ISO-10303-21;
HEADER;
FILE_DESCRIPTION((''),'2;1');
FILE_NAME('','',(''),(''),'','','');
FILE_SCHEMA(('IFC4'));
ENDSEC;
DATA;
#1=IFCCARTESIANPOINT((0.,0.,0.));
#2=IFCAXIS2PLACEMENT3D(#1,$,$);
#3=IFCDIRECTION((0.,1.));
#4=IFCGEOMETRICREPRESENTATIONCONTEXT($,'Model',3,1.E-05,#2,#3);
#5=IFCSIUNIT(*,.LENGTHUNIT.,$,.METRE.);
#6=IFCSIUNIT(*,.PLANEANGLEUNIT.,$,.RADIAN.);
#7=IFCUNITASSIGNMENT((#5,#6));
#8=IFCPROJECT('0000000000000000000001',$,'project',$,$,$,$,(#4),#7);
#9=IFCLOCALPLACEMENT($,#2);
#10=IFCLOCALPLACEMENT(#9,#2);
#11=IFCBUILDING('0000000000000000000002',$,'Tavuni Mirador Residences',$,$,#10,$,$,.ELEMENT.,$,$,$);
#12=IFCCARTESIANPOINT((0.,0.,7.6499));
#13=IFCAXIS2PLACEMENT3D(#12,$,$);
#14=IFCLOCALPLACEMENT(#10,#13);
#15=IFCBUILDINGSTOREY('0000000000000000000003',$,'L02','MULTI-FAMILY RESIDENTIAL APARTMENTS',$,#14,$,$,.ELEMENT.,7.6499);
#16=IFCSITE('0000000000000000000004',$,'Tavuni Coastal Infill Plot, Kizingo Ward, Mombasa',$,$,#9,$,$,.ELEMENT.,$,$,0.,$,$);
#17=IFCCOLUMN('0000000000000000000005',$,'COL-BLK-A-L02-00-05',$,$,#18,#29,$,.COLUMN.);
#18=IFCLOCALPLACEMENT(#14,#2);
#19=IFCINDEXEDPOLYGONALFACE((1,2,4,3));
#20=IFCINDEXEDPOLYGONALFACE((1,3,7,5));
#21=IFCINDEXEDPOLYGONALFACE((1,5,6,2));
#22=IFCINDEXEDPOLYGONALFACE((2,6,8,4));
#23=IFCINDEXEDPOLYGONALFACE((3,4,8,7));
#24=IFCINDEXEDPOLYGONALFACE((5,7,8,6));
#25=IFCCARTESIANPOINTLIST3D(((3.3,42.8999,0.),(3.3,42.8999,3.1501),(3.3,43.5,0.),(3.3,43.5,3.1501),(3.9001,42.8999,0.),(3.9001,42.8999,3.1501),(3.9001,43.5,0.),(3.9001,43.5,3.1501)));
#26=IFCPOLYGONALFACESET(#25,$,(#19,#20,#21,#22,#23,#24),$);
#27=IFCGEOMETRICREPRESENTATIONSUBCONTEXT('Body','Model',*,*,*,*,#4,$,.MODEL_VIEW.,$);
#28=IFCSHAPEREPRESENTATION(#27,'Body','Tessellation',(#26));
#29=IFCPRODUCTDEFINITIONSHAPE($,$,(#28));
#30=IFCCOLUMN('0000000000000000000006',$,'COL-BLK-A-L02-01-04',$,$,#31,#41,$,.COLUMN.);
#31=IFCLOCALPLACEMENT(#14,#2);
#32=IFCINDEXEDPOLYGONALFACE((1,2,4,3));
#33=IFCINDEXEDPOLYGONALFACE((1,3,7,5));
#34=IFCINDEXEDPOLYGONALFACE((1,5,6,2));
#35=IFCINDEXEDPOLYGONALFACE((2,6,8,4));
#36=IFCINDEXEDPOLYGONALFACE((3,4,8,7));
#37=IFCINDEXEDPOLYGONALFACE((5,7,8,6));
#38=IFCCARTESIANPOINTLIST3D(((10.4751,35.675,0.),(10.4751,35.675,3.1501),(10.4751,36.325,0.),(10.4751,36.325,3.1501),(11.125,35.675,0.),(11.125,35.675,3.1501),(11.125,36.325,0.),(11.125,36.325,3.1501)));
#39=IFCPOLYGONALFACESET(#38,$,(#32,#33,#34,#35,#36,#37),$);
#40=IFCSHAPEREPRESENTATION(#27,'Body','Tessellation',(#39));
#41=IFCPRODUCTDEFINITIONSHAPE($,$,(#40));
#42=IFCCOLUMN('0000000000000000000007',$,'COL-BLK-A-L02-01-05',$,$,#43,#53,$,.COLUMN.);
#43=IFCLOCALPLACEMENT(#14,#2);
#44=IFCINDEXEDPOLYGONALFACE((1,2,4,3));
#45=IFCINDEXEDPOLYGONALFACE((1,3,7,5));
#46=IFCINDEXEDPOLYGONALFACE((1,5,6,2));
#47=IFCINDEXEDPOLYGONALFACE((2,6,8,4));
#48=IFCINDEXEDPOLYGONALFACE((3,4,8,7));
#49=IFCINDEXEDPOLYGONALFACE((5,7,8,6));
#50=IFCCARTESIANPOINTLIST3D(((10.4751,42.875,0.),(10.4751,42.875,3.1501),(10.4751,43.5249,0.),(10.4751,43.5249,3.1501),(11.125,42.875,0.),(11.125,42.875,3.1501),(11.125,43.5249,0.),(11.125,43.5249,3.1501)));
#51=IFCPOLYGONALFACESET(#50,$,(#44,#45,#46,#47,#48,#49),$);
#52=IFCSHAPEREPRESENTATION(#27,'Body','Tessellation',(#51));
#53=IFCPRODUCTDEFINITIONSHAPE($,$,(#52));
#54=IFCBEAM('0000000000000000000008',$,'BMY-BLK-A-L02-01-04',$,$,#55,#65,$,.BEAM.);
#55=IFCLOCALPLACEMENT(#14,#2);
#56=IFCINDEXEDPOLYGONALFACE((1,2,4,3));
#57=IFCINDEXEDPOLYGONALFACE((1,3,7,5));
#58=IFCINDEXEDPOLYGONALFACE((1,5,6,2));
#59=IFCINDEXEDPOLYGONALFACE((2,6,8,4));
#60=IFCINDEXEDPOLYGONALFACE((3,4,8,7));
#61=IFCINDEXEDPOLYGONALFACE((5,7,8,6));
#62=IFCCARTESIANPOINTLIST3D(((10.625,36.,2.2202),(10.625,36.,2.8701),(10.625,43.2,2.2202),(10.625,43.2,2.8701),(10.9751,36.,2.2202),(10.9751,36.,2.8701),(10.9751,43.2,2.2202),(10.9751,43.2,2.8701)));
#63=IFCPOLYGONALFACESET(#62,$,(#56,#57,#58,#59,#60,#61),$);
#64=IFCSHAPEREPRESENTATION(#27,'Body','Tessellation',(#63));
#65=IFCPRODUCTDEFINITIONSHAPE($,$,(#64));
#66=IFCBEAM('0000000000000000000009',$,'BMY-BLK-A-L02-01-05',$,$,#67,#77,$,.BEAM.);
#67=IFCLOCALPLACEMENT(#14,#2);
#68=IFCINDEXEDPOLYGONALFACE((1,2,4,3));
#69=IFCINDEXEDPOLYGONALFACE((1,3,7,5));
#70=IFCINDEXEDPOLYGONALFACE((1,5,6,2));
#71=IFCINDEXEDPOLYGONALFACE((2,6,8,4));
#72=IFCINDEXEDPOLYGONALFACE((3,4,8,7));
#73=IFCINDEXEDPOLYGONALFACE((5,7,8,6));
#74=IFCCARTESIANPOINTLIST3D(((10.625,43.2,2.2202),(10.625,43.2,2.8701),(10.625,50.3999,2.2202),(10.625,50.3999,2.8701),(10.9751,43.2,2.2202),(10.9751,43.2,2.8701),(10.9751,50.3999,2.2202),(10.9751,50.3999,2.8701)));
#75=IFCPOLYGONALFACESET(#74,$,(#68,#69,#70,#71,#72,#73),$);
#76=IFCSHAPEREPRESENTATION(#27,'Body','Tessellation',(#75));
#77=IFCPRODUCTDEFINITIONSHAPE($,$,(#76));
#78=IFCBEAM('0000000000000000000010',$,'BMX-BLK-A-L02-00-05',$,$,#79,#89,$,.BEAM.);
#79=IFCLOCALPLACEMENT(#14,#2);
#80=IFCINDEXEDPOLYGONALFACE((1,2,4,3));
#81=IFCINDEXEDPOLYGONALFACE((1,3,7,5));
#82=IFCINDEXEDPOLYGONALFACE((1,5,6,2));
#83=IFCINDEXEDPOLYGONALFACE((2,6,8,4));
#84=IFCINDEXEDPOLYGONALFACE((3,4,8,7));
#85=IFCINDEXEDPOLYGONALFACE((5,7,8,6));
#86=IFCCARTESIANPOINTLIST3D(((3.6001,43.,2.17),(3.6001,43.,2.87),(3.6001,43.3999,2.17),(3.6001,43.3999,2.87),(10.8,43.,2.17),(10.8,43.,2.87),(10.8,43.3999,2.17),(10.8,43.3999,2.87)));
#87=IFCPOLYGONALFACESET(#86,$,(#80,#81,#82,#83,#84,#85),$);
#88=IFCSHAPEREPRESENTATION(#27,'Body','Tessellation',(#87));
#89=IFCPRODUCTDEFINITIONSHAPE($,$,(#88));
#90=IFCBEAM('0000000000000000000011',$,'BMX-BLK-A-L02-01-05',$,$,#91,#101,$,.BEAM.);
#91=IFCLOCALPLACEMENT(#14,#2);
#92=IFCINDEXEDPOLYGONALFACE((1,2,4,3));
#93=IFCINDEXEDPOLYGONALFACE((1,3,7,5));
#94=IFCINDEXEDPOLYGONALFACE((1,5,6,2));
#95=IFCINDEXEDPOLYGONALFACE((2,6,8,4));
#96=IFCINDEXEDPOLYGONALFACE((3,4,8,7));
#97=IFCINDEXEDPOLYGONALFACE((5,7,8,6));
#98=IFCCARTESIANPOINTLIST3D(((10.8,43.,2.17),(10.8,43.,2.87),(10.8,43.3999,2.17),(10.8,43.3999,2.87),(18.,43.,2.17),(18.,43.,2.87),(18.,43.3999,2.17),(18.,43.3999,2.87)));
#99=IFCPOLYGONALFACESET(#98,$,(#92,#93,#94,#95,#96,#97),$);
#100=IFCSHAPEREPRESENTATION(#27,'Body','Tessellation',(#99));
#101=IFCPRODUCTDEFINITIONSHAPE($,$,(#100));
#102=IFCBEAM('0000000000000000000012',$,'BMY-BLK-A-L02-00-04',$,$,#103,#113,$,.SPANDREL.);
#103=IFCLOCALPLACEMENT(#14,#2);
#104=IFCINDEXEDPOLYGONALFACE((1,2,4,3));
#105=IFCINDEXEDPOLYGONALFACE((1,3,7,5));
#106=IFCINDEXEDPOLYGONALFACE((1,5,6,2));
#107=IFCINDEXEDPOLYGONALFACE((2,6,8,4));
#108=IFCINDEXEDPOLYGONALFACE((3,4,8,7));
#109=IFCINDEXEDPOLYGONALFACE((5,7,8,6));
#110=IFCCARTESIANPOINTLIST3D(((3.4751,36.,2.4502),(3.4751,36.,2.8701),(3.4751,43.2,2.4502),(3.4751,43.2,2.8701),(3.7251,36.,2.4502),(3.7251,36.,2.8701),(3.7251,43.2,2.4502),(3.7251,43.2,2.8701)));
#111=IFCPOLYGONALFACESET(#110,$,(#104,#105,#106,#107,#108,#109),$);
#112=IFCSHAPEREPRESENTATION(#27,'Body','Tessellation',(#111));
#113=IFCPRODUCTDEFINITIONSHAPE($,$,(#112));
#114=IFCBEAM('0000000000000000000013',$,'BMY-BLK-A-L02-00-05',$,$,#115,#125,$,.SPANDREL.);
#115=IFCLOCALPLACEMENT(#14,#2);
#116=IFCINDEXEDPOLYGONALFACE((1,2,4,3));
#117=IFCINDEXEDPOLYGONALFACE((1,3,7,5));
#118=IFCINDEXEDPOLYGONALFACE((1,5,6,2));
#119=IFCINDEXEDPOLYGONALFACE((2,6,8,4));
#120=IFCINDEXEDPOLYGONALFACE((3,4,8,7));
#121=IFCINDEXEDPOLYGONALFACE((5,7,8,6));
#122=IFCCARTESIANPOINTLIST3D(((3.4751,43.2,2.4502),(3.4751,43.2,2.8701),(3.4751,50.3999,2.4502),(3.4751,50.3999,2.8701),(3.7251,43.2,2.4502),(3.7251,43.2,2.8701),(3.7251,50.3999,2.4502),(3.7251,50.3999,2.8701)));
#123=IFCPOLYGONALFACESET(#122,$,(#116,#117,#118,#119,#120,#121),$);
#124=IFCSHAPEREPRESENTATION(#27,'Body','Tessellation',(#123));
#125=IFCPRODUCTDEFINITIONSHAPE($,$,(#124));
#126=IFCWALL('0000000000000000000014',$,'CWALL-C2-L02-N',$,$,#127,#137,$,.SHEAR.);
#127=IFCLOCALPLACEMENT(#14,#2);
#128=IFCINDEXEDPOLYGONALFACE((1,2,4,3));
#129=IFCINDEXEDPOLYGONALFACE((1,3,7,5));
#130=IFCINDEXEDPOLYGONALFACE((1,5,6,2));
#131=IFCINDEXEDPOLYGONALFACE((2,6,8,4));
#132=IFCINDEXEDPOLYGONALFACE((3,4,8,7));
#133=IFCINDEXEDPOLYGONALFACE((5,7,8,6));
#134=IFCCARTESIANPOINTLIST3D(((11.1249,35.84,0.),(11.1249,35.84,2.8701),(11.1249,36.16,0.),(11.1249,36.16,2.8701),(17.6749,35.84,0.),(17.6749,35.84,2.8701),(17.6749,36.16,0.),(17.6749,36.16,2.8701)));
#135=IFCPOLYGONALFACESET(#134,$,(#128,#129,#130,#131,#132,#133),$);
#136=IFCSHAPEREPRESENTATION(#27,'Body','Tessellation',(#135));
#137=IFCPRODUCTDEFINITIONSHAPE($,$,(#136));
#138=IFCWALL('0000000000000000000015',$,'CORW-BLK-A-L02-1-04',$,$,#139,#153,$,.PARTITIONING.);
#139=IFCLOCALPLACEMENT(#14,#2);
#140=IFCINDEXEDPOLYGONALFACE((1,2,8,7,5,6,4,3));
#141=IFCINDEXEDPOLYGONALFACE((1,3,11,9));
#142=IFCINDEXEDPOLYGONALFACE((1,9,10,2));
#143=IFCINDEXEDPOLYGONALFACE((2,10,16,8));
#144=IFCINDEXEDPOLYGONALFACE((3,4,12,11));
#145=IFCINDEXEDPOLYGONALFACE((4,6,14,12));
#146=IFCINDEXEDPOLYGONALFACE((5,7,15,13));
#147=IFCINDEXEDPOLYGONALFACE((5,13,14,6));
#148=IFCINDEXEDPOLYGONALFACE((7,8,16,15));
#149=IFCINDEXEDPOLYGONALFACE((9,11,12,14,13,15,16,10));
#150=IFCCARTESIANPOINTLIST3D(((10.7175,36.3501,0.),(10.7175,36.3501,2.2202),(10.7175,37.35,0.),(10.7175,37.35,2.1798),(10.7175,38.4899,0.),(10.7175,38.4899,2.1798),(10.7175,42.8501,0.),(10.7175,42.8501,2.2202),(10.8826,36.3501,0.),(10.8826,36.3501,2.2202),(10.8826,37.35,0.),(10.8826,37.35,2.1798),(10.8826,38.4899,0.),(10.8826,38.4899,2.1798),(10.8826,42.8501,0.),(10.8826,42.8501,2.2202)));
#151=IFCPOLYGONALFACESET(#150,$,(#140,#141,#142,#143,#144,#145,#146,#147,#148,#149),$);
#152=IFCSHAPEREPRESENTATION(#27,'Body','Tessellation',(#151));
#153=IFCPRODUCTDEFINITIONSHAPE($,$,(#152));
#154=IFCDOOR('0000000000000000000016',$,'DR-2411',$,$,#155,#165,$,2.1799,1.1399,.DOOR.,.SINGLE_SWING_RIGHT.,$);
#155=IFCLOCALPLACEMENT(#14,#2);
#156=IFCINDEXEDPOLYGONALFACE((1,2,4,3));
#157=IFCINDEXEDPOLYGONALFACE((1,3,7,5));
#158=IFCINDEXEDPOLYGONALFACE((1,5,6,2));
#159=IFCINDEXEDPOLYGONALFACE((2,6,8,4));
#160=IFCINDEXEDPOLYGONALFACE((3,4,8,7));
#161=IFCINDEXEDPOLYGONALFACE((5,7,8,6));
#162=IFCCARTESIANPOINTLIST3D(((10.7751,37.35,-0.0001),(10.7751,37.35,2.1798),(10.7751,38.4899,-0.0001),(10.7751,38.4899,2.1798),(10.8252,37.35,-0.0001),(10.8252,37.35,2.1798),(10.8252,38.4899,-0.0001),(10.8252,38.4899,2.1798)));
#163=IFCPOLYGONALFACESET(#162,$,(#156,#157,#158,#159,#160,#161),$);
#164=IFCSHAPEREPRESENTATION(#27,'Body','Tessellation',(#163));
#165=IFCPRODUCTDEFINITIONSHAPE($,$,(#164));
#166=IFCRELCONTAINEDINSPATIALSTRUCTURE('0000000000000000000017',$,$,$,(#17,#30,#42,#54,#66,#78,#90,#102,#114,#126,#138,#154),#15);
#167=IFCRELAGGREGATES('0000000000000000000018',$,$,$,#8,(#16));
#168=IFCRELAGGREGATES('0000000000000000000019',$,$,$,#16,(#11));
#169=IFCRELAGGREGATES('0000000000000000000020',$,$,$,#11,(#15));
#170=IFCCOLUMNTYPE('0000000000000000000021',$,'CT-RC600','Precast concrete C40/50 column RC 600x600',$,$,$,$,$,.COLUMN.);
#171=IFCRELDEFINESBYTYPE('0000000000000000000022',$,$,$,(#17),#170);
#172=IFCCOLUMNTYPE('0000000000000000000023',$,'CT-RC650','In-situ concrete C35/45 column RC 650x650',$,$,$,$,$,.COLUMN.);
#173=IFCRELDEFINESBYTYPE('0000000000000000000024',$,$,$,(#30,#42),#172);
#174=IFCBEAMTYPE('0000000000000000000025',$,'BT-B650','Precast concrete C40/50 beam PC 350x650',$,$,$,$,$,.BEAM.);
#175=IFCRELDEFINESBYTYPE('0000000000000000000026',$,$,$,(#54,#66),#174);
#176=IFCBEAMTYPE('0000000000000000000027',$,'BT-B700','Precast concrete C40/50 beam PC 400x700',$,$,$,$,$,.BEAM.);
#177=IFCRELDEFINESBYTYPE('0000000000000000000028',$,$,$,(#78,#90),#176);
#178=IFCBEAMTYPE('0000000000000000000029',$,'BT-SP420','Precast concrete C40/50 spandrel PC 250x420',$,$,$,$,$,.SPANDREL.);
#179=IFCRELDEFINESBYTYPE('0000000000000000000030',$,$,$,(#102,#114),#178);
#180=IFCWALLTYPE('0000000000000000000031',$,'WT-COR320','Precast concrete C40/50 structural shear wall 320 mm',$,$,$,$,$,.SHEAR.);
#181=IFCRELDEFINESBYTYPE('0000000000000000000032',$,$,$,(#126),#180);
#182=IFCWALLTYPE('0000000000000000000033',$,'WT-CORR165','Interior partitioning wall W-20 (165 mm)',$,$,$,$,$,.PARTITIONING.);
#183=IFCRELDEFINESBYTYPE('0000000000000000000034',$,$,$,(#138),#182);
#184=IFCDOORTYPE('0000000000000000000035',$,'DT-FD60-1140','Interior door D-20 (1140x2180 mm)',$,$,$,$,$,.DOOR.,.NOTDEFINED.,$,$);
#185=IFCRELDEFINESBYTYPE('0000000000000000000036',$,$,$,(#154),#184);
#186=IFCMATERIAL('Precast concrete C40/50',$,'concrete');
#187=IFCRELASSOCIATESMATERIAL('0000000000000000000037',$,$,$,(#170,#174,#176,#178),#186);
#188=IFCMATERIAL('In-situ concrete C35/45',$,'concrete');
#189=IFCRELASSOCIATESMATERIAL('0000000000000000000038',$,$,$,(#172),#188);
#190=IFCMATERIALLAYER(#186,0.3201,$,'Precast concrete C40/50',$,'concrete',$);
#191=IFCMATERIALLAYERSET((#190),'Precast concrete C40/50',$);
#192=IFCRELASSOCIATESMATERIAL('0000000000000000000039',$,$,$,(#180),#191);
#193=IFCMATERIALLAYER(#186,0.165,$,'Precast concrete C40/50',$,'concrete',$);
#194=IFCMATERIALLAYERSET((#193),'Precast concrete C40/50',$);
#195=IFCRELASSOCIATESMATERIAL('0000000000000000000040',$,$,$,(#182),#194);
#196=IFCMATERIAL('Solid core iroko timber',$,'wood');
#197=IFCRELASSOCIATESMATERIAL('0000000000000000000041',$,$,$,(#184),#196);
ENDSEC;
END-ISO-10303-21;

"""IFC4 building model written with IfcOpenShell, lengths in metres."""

from ifc_helpers import new_model, si_unit, direction, frame, frame_2d, origin, origin_2d, place, context, subcontext, project, spatial, rectangle, extrude, material, layer, layer_set, material_profile, profile_set, type_object, element, fill, save


model = new_model("IFC4")

# Units and contexts
model_context = context("Model", 3, precision=1e-05, world=origin(), true_north=direction((0.0, 1.0)))
body_context = subcontext(model_context, "Body", "Model", "MODEL_VIEW")
ifc_project = project(units=[si_unit("LENGTHUNIT", "METRE"), si_unit("PLANEANGLEUNIT", "RADIAN")], contexts=[model_context])

# Site, building, storey
site_placement = place(None, origin())
site = spatial("IfcSite", under=ifc_project, at=site_placement, Name="Tavuni Coastal Infill Plot, Kizingo Ward, Mombasa", CompositionType="ELEMENT", RefElevation=0.0)
building_placement = place(site_placement, origin())
building = spatial("IfcBuilding", under=site, at=building_placement, Name="Tavuni Mirador Residences", CompositionType="ELEMENT")
storey_placement = place(building_placement, frame((0.0, 0.0, 7.6499)))
storey = spatial("IfcBuildingStorey", under=building, at=storey_placement, Name="L02", Description="MULTI-FAMILY RESIDENTIAL APARTMENTS", CompositionType="ELEMENT", Elevation=7.6499)

# Columns
ifc_material_1 = material(Name="Precast concrete C40/50", Category="concrete")
ifc_material_profile_1 = material_profile(ifc_material_1, rectangle(XDim=0.6001, YDim=0.6001, at=origin_2d()), Name="RC 600x600", Category="concrete")
ifc_profile_set_1 = profile_set([ifc_material_profile_1], Name="Precast concrete C40/50")
column_type_1 = type_object("IfcColumnType", Name="CT-RC600", Description="Precast concrete C40/50 column RC 600x600", PredefinedType="COLUMN", material=ifc_profile_set_1)
column_placement = place(storey_placement, frame((3.6001, 43.2, 0.0), z_axis=(0.0, 0.0, 1.0), x_axis=(1.0, 0.0, 0.0)))
element("IfcColumn", 1, at=column_placement, inside=storey, type_object=column_type_1, Name="COL-BLK-A-L02-00-05", PredefinedType="COLUMN", context=body_context, shape_type="SweptSolid", body=[
    extrude(rectangle(XDim=0.6001, YDim=0.6001, at=origin_2d()), origin(), (0.0, 0.0, 1.0), 3.1501),
])
ifc_material_2 = material(Name="In-situ concrete C35/45", Category="concrete")
ifc_material_profile_2 = material_profile(ifc_material_2, rectangle(XDim=0.6499, YDim=0.6499, at=origin_2d()), Name="RC 650x650", Category="concrete")
ifc_profile_set_2 = profile_set([ifc_material_profile_2], Name="In-situ concrete C35/45")
column_type_2 = type_object("IfcColumnType", Name="CT-RC650", Description="In-situ concrete C35/45 column RC 650x650", PredefinedType="COLUMN", material=ifc_profile_set_2)
for number, where, z_axis, x_axis, name in (
    (2, (10.8, 36.0, 0.0), (0.0, 0.0, 1.0), (1.0, 0.0, 0.0), "COL-BLK-A-L02-01-04"),
    (3, (10.8, 43.2, 0.0), (0.0, 0.0, 1.0), (1.0, 0.0, 0.0), "COL-BLK-A-L02-01-05"),
):
    element("IfcColumn", number, at=place(storey_placement, frame(where, z_axis=z_axis, x_axis=x_axis)), inside=storey, type_object=column_type_2, Name=name, PredefinedType="COLUMN", context=body_context, shape_type="SweptSolid", body=[
        extrude(rectangle(XDim=0.6499, YDim=0.6499, at=origin_2d()), origin(), (0.0, 0.0, 1.0), 3.1501),
    ])

# Beams
ifc_material_profile_3 = material_profile(ifc_material_1, rectangle(XDim=0.3501, YDim=0.6499, at=origin_2d()), Name="PC 350x650", Category="concrete")
ifc_profile_set_3 = profile_set([ifc_material_profile_3], Name="Precast concrete C40/50")
beam_type_1 = type_object("IfcBeamType", Name="BT-B650", Description="Precast concrete C40/50 beam PC 350x650", PredefinedType="BEAM", material=ifc_profile_set_3)
for number, where, z_axis, x_axis, name in (
    (4, (10.8, 36.0, 2.5452), (0.0, 1.0, 0.0), (-1.0, 0.0, 0.0), "BMY-BLK-A-L02-01-04"),
    (5, (10.8, 43.2, 2.5452), (0.0, 1.0, 0.0), (-1.0, 0.0, 0.0), "BMY-BLK-A-L02-01-05"),
):
    element("IfcBeam", number, at=place(storey_placement, frame(where, z_axis=z_axis, x_axis=x_axis)), inside=storey, type_object=beam_type_1, Name=name, PredefinedType="BEAM", context=body_context, shape_type="SweptSolid", body=[
        extrude(rectangle(XDim=0.3501, YDim=0.6499, at=origin_2d()), origin(), (0.0, 0.0, 1.0), 7.2),
    ])
ifc_material_profile_4 = material_profile(ifc_material_1, rectangle(XDim=0.3999, YDim=0.7, at=origin_2d()), Name="PC 400x700", Category="concrete")
ifc_profile_set_4 = profile_set([ifc_material_profile_4], Name="Precast concrete C40/50")
beam_type_2 = type_object("IfcBeamType", Name="BT-B700", Description="Precast concrete C40/50 beam PC 400x700", PredefinedType="BEAM", material=ifc_profile_set_4)
for number, where, z_axis, x_axis, name in (
    (6, (3.6001, 43.2, 2.52), (1.0, 0.0, 0.0), (0.0, 1.0, 0.0), "BMX-BLK-A-L02-00-05"),
    (7, (10.8, 43.2, 2.52), (1.0, 0.0, 0.0), (0.0, 1.0, 0.0), "BMX-BLK-A-L02-01-05"),
):
    element("IfcBeam", number, at=place(storey_placement, frame(where, z_axis=z_axis, x_axis=x_axis)), inside=storey, type_object=beam_type_2, Name=name, PredefinedType="BEAM", context=body_context, shape_type="SweptSolid", body=[
        extrude(rectangle(XDim=0.3999, YDim=0.7, at=origin_2d()), origin(), (0.0, 0.0, 1.0), 7.2),
    ])
ifc_material_profile_5 = material_profile(ifc_material_1, rectangle(XDim=0.25, YDim=0.4199, at=origin_2d()), Name="PC 250x420", Category="concrete")
ifc_profile_set_5 = profile_set([ifc_material_profile_5], Name="Precast concrete C40/50")
beam_type_3 = type_object("IfcBeamType", Name="BT-SP420", Description="Precast concrete C40/50 spandrel PC 250x420", PredefinedType="SPANDREL", material=ifc_profile_set_5)
for number, where, z_axis, x_axis, name in (
    (8, (3.6001, 36.0, 2.6602), (0.0, 1.0, 0.0), (-1.0, 0.0, 0.0), "BMY-BLK-A-L02-00-04"),
    (9, (3.6001, 43.2, 2.6602), (0.0, 1.0, 0.0), (-1.0, 0.0, 0.0), "BMY-BLK-A-L02-00-05"),
):
    element("IfcBeam", number, at=place(storey_placement, frame(where, z_axis=z_axis, x_axis=x_axis)), inside=storey, type_object=beam_type_3, Name=name, PredefinedType="SPANDREL", context=body_context, shape_type="SweptSolid", body=[
        extrude(rectangle(XDim=0.25, YDim=0.4199, at=origin_2d()), origin(), (0.0, 0.0, 1.0), 7.2),
    ])

# Wall
ifc_layer_1 = layer(ifc_material_1, 0.3201, Name="Precast concrete C40/50", Category="concrete")
ifc_layer_set_1 = layer_set([ifc_layer_1], Name="Precast concrete C40/50")
wall_type_1 = type_object("IfcWallType", Name="WT-COR320", Description="Precast concrete C40/50 structural shear wall 320 mm", PredefinedType="SHEAR", material=ifc_layer_set_1)
wall_1_placement = place(storey_placement, frame((11.125, 36.0, 0.0), z_axis=(0.0, 0.0, 1.0), x_axis=(1.0, 0.0, 0.0)))
element("IfcWall", 10, at=wall_1_placement, inside=storey, type_object=wall_type_1, Name="CWALL-C2-L02-N", PredefinedType="SHEAR", context=body_context, shape_type="SweptSolid", body=[
    extrude(rectangle(XDim=6.55, YDim=0.3201, at=frame_2d((3.2749, 0.0))), origin(), (0.0, 0.0, 1.0), 2.8701),
])

# Wall, opening, door
ifc_layer_2 = layer(ifc_material_1, 0.165, Name="Precast concrete C40/50", Category="concrete")
ifc_layer_set_2 = layer_set([ifc_layer_2], Name="Precast concrete C40/50")
wall_type_2 = type_object("IfcWallType", Name="WT-CORR165", Description="Interior partitioning wall W-20 (165 mm)", PredefinedType="PARTITIONING", material=ifc_layer_set_2)
wall_2_placement = place(storey_placement, frame((10.8, 36.3501, 0.0), z_axis=(0.0, 0.0, 1.0), x_axis=(0.0, 1.0, 0.0)))
wall_2 = element("IfcWall", 11, at=wall_2_placement, inside=storey, type_object=wall_type_2, Name="CORW-BLK-A-L02-1-04", PredefinedType="PARTITIONING", context=body_context, shape_type="SweptSolid", body=[
    extrude(rectangle(XDim=6.5, YDim=0.165, at=frame_2d((3.25, 0.0))), origin(), (0.0, 0.0, 1.0), 2.2202),
])
opening_1_placement = place(wall_2_placement, frame((1.0, 0.0, 0.0)))
opening_1 = element("IfcOpeningElement", 12, at=opening_1_placement, cuts=wall_2, PredefinedType="OPENING", context=body_context, shape_type="SweptSolid", body=[
    extrude(rectangle(XDim=1.1399, YDim=2.1799, at=frame_2d((0.5698, 1.0898))), frame((0.0, 0.0925, 0.0), z_axis=(0.0, -1.0, 0.0), x_axis=(1.0, 0.0, 0.0)), (0.0, 0.0, 1.0), 0.1851),
])
ifc_material_3 = material(Name="Solid core iroko timber", Category="wood")
door_type_1 = type_object("IfcDoorType", Name="DT-FD60-1140", Description="Interior door D-20 (1140x2180 mm)", OperationType="NOTDEFINED", PredefinedType="DOOR", material=ifc_material_3)
door_1_placement = place(opening_1_placement, origin())
door_1 = element("IfcDoor", 13, at=door_1_placement, inside=storey, type_object=door_type_1, Name="DR-2411", OperationType="SINGLE_SWING_RIGHT", OverallHeight=2.1799, OverallWidth=1.1399, PredefinedType="DOOR", context=body_context, shape_type="SweptSolid", body=[
    extrude(rectangle(XDim=1.1399, YDim=2.1799, at=frame_2d((0.5698, 1.0898))), frame((0.0, 0.0249, 0.0), z_axis=(0.0, -1.0, 0.0), x_axis=(1.0, 0.0, 0.0)), (0.0, 0.0, 1.0), 0.05),
])
fill(opening_1, door_1)

save(model, "model.ifc")
